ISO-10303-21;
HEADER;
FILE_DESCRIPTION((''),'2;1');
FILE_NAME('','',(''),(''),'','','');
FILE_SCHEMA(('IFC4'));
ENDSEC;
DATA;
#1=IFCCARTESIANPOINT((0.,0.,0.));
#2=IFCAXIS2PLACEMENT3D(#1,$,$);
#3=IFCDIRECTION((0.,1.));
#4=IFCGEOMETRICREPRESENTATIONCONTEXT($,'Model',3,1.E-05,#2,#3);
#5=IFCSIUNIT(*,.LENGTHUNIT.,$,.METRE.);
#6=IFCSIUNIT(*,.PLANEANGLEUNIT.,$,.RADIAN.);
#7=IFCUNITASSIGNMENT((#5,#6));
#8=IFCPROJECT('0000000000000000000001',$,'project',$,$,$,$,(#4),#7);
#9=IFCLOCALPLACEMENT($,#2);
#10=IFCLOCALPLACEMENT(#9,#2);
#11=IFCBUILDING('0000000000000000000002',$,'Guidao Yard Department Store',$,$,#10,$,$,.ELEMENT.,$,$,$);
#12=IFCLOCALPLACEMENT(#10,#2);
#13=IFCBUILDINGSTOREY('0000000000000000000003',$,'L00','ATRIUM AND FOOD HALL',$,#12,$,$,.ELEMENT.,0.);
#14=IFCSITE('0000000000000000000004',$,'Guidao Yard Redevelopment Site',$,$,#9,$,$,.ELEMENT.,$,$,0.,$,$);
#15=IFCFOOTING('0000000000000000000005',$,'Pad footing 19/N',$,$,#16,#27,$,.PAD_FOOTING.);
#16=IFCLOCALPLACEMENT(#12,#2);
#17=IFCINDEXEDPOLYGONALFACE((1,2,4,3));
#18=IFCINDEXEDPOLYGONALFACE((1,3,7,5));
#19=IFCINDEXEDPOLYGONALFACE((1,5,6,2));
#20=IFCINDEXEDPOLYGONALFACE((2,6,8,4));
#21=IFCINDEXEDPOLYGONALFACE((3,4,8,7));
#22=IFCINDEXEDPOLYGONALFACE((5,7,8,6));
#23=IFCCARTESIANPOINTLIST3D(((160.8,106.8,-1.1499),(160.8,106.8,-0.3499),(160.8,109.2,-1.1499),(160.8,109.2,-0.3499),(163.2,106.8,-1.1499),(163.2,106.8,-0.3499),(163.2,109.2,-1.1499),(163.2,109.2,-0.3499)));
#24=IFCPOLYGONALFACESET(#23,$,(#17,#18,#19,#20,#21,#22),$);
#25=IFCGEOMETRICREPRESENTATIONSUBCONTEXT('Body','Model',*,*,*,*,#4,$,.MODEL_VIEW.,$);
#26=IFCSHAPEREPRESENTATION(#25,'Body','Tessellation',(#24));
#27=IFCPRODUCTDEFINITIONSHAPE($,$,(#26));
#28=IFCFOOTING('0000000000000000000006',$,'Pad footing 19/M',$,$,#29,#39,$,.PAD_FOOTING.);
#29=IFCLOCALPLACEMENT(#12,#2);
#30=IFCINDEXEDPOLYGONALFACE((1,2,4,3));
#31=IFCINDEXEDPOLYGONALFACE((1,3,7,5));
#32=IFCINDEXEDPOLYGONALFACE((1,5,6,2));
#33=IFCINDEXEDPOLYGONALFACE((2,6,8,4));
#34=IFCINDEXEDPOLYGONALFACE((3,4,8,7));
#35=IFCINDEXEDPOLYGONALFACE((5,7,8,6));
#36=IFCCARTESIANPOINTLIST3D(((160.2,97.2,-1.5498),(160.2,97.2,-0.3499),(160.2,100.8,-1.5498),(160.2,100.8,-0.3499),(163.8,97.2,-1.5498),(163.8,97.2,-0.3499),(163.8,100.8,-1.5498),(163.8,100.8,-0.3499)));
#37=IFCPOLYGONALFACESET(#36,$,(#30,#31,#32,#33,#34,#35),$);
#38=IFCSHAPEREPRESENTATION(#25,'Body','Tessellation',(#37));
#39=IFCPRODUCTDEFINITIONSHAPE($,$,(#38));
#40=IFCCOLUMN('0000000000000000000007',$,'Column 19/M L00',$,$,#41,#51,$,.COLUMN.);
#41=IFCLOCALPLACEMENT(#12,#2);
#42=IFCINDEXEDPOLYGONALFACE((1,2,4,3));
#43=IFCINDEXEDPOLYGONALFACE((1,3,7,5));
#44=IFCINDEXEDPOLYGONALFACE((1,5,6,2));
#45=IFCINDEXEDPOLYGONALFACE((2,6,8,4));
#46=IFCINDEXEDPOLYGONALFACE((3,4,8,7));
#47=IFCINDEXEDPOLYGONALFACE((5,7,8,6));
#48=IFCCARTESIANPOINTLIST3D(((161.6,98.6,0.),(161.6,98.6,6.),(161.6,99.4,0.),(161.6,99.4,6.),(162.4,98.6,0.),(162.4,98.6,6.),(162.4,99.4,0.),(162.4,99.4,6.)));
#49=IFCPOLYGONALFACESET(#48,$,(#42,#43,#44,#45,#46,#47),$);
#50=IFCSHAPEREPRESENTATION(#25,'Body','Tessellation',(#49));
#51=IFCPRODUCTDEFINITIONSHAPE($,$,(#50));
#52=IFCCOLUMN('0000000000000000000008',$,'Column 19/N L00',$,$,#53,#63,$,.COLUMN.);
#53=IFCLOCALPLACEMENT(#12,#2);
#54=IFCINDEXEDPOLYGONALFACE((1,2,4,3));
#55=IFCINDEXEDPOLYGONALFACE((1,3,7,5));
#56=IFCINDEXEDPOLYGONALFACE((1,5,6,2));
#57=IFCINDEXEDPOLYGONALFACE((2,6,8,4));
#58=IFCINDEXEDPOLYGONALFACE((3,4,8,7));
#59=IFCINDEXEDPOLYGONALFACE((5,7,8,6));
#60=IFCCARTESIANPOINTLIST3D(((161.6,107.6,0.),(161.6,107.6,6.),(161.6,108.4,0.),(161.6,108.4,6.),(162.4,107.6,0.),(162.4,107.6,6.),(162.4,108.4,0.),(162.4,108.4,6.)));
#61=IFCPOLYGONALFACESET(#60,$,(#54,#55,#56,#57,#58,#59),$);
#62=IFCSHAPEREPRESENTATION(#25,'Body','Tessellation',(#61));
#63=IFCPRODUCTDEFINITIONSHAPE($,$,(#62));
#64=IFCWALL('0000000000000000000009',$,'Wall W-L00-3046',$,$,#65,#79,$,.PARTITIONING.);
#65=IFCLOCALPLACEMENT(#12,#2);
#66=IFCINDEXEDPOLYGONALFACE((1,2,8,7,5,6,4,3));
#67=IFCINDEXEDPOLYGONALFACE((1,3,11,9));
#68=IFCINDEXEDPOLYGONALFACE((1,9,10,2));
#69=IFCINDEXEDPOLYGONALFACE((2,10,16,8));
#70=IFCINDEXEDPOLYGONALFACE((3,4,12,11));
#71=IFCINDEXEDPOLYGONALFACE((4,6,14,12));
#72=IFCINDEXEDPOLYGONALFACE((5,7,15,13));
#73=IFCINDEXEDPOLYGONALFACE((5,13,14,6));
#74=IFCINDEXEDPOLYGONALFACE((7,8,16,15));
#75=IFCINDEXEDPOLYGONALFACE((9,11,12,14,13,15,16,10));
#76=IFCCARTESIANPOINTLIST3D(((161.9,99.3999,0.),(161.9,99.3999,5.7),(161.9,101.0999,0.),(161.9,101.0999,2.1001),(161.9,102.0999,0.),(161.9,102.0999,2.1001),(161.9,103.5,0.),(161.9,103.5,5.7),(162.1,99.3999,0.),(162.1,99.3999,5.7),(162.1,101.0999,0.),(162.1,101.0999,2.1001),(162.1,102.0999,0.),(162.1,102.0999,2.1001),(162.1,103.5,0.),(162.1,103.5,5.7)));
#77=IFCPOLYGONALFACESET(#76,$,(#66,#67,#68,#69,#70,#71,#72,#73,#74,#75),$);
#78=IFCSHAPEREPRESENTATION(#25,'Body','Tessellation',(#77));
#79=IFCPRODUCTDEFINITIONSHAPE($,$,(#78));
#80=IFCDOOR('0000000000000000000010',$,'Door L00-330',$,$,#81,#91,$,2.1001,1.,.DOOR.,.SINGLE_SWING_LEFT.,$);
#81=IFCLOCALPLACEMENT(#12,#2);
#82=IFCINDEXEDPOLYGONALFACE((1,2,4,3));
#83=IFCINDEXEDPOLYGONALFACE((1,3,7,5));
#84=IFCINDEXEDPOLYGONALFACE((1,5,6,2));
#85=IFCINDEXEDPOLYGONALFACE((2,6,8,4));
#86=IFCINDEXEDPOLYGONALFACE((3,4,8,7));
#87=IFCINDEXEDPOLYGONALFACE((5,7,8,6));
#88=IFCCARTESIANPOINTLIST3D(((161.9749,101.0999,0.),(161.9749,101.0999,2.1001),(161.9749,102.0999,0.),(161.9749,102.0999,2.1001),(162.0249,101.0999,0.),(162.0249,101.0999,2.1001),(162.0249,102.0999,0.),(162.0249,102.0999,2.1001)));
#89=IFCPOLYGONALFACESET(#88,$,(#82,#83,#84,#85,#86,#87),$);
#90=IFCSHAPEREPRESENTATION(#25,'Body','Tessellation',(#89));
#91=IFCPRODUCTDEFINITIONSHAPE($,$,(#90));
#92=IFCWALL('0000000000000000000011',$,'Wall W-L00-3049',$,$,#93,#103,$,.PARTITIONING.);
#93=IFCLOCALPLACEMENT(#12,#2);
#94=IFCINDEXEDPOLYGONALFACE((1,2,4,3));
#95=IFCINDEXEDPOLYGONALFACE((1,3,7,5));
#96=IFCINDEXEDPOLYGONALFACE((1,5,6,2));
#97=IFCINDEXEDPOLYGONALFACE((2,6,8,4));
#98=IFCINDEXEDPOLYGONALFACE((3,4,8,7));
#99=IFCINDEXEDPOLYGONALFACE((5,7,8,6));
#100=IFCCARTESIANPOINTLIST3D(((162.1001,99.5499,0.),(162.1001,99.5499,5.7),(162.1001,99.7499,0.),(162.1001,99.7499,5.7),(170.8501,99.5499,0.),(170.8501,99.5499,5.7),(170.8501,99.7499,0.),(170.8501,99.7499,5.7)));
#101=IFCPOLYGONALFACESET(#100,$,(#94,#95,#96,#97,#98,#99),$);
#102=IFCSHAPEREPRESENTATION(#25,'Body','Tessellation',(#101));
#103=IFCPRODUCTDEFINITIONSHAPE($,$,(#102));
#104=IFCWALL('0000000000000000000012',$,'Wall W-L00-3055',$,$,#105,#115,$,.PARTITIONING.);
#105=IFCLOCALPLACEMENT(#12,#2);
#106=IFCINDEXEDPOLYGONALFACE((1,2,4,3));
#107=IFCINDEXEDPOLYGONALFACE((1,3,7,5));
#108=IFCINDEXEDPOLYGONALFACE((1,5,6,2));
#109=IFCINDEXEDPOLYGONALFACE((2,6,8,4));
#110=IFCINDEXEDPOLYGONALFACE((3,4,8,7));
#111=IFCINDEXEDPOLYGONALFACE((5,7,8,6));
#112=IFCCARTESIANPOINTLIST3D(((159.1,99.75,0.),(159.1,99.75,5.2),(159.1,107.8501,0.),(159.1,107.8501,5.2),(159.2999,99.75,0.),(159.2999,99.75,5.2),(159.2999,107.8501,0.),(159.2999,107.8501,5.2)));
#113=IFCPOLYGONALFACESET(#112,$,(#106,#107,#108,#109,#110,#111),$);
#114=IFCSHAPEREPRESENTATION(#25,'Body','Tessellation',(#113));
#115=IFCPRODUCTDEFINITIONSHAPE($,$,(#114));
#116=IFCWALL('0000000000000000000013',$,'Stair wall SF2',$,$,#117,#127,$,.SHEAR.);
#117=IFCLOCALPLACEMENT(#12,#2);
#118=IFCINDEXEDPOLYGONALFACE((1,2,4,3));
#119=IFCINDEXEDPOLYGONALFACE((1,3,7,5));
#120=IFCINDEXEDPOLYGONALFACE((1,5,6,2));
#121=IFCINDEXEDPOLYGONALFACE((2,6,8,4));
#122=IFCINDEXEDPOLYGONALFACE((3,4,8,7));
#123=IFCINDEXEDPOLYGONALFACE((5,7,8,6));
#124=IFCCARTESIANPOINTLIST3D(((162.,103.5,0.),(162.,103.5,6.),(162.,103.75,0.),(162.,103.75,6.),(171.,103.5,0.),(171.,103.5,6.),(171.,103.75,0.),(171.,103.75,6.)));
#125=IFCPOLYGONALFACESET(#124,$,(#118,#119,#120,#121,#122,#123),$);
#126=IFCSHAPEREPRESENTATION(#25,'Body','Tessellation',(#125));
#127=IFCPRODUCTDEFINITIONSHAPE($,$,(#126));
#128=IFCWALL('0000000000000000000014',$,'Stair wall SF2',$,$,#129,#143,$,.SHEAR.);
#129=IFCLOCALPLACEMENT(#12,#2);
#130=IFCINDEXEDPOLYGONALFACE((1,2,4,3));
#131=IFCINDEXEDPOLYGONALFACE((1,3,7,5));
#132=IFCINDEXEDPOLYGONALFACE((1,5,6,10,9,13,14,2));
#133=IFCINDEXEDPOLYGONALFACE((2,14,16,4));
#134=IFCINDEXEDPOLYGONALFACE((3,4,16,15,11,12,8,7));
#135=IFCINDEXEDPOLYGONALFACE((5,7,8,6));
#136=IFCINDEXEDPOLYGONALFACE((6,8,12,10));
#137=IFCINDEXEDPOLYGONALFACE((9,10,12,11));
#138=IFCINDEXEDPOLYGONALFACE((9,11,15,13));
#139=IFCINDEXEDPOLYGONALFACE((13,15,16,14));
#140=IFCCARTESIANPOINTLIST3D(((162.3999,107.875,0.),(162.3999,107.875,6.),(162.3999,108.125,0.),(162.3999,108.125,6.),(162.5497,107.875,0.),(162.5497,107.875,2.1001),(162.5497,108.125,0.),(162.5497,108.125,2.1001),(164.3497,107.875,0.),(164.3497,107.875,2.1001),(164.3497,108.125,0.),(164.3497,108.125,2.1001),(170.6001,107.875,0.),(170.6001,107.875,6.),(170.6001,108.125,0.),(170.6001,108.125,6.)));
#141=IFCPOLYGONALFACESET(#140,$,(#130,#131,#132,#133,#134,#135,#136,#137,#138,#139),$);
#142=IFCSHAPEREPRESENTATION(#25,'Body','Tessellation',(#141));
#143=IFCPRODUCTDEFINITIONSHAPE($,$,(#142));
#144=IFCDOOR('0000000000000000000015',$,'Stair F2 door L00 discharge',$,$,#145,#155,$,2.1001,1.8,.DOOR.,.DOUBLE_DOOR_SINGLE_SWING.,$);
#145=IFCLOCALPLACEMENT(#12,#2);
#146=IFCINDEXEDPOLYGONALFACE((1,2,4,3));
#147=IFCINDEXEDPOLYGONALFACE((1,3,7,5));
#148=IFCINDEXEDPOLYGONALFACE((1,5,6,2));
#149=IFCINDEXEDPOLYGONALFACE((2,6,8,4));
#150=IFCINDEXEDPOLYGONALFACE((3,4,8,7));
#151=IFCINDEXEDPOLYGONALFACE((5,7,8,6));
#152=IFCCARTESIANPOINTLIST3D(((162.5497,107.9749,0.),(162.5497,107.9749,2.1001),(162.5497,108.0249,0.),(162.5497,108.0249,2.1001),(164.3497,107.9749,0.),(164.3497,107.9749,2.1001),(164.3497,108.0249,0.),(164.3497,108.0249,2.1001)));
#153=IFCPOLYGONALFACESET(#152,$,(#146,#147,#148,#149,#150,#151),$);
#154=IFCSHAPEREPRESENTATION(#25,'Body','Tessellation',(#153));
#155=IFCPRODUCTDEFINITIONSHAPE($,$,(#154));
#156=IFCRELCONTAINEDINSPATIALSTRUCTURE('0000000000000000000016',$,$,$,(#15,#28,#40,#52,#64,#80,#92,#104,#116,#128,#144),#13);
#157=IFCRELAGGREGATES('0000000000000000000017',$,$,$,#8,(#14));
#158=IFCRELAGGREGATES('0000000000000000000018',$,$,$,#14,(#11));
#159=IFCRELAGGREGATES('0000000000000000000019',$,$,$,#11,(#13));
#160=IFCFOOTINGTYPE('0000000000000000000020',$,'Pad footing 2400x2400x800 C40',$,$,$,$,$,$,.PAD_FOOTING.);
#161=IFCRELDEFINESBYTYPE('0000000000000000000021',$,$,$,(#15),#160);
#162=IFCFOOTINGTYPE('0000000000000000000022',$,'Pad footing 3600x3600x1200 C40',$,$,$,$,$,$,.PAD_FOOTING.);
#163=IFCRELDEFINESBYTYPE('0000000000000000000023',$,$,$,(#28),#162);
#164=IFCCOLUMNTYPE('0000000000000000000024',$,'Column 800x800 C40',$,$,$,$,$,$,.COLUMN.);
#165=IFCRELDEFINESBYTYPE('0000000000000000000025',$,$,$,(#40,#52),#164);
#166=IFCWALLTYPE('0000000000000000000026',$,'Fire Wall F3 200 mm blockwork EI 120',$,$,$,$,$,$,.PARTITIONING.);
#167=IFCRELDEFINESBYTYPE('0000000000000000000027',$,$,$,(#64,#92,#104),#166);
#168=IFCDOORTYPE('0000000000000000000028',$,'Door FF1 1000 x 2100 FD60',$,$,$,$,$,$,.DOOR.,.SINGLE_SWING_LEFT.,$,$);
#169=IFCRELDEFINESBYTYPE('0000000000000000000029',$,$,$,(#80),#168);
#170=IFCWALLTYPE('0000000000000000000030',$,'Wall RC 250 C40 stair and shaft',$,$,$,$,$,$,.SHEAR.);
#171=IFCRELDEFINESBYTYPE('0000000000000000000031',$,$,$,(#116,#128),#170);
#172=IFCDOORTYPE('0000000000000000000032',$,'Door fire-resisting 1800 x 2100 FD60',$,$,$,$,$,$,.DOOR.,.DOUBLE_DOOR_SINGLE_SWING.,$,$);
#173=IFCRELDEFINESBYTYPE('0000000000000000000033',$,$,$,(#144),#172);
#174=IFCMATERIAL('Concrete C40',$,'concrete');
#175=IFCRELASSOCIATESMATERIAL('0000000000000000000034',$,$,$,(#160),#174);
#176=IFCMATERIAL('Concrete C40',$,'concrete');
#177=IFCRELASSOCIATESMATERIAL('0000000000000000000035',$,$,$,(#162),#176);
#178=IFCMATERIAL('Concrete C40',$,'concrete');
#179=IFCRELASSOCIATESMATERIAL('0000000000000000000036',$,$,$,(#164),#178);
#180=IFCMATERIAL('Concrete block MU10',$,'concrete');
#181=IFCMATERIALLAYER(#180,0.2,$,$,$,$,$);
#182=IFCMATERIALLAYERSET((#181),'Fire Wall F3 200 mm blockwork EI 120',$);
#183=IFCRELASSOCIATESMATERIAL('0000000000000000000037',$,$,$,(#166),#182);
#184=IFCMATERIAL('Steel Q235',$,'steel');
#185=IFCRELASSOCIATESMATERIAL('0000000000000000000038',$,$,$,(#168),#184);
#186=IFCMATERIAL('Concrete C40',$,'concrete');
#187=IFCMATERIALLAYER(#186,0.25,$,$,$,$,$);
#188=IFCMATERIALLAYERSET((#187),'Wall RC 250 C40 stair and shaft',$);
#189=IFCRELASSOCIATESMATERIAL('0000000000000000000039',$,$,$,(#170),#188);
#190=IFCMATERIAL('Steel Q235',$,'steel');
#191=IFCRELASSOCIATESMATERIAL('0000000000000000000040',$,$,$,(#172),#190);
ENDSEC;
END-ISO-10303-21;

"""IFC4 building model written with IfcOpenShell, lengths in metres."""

from ifc_helpers import new_model, si_unit, direction, frame, frame_2d, origin, origin_2d, place, context, subcontext, project, spatial, rectangle, extrude, material, layer, layer_set, material_profile, profile_set, type_object, element, fill, save


model = new_model("IFC4")

# Units and contexts
model_context = context("Model", 3, precision=1e-05, world=origin(), true_north=direction((0.0, 1.0)))
body_context = subcontext(model_context, "Body", "Model", "MODEL_VIEW")
ifc_project = project(units=[si_unit("LENGTHUNIT", "METRE"), si_unit("PLANEANGLEUNIT", "RADIAN")], contexts=[model_context])

# Site, building, storey
site_placement = place(None, origin())
site = spatial("IfcSite", under=ifc_project, at=site_placement, Name="Guidao Yard Redevelopment Site", CompositionType="ELEMENT", RefElevation=0.0)
building_placement = place(site_placement, origin())
building = spatial("IfcBuilding", under=site, at=building_placement, Name="Guidao Yard Department Store", CompositionType="ELEMENT")
storey_placement = place(building_placement, origin())
storey = spatial("IfcBuildingStorey", under=building, at=storey_placement, Name="L00", Description="ATRIUM AND FOOD HALL", CompositionType="ELEMENT", Elevation=0.0)

# Footings
ifc_material_1 = material(Name="Concrete C40", Category="concrete")
footing_type_1 = type_object("IfcFootingType", Name="Pad footing 2400x2400x800 C40", PredefinedType="PAD_FOOTING", material=ifc_material_1)
footing_1_placement = place(storey_placement, frame((162.0, 108.0, -1.1499), z_axis=(0.0, 0.0, 1.0), x_axis=(1.0, 0.0, 0.0)))
element("IfcFooting", 1, at=footing_1_placement, inside=storey, type_object=footing_type_1, Name="Pad footing 19/N", PredefinedType="PAD_FOOTING", context=body_context, shape_type="SweptSolid", body=[
    extrude(rectangle(XDim=2.3999, YDim=2.3999, at=origin_2d()), origin(), (0.0, 0.0, 1.0), 0.8),
])
ifc_material_2 = material(Name="Concrete C40", Category="concrete")
footing_type_2 = type_object("IfcFootingType", Name="Pad footing 3600x3600x1200 C40", PredefinedType="PAD_FOOTING", material=ifc_material_2)
footing_2_placement = place(storey_placement, frame((162.0, 99.0, -1.5498), z_axis=(0.0, 0.0, 1.0), x_axis=(1.0, 0.0, 0.0)))
element("IfcFooting", 2, at=footing_2_placement, inside=storey, type_object=footing_type_2, Name="Pad footing 19/M", PredefinedType="PAD_FOOTING", context=body_context, shape_type="SweptSolid", body=[
    extrude(rectangle(XDim=3.6001, YDim=3.6001, at=origin_2d()), origin(), (0.0, 0.0, 1.0), 1.2),
])

# Columns
ifc_material_3 = material(Name="Concrete C40", Category="concrete")
ifc_material_profile = material_profile(ifc_material_3, rectangle(XDim=0.8, YDim=0.8, at=origin_2d()), Name="COL 800x800")
ifc_profile_set = profile_set([ifc_material_profile], Name="Concrete C40")
column_type = type_object("IfcColumnType", Name="Column 800x800 C40", PredefinedType="COLUMN", material=ifc_profile_set)
for number, where, z_axis, x_axis, name in (
    (3, (162.0, 99.0, 0.0), (0.0, 0.0, 1.0), (1.0, 0.0, 0.0), "Column 19/M L00"),
    (4, (162.0, 108.0, 0.0), (0.0, 0.0, 1.0), (1.0, 0.0, 0.0), "Column 19/N L00"),
):
    element("IfcColumn", number, at=place(storey_placement, frame(where, z_axis=z_axis, x_axis=x_axis)), inside=storey, type_object=column_type, Name=name, PredefinedType="COLUMN", context=body_context, shape_type="SweptSolid", body=[
        extrude(rectangle(XDim=0.8, YDim=0.8, at=origin_2d()), origin(), (0.0, 0.0, 1.0), 6.0),
    ])

# Wall, opening, door
ifc_material_4 = material(Name="Concrete block MU10", Category="concrete")
ifc_layer_1 = layer(ifc_material_4, 0.2)
ifc_layer_set_1 = layer_set([ifc_layer_1], Name="Fire Wall F3 200 mm blockwork EI 120")
wall_type_1 = type_object("IfcWallType", Name="Fire Wall F3 200 mm blockwork EI 120", PredefinedType="PARTITIONING", material=ifc_layer_set_1)
wall_1_placement = place(storey_placement, frame((162.0, 99.3999, 0.0), z_axis=(0.0, 0.0, 1.0), x_axis=(0.0, 1.0, 0.0)))
wall_1 = element("IfcWall", 5, at=wall_1_placement, inside=storey, type_object=wall_type_1, Name="Wall W-L00-3046", PredefinedType="PARTITIONING", context=body_context, shape_type="SweptSolid", body=[
    extrude(rectangle(XDim=4.1001, YDim=0.2, at=frame_2d((2.05, 0.0))), origin(), (0.0, 0.0, 1.0), 5.7),
])
opening_1_placement = place(wall_1_placement, frame((2.7, 0.0, 0.0), z_axis=(0.0, 0.0, 1.0), x_axis=(-1.0, 0.0, 0.0)))
opening_1 = element("IfcOpeningElement", 6, at=opening_1_placement, cuts=wall_1, PredefinedType="OPENING", context=body_context, shape_type="SweptSolid", body=[
    extrude(rectangle(XDim=1.0, YDim=2.1001, at=frame_2d((0.5, 1.05))), frame((0.0, 0.1099, 0.0), z_axis=(0.0, -1.0, 0.0), x_axis=(1.0, 0.0, 0.0)), (0.0, 0.0, 1.0), 0.22),
])
ifc_material_5 = material(Name="Steel Q235", Category="steel")
door_type_1 = type_object("IfcDoorType", Name="Door FF1 1000 x 2100 FD60", OperationType="SINGLE_SWING_LEFT", PredefinedType="DOOR", material=ifc_material_5)
door_1_placement = place(opening_1_placement, origin())
door_1 = element("IfcDoor", 7, at=door_1_placement, inside=storey, type_object=door_type_1, Name="Door L00-330", OperationType="SINGLE_SWING_LEFT", OverallHeight=2.1001, OverallWidth=1.0, PredefinedType="DOOR", context=body_context, shape_type="SweptSolid", body=[
    extrude(rectangle(XDim=1.0, YDim=2.1001, at=frame_2d((0.5, 1.05))), frame((0.0, 0.0249, 0.0), z_axis=(0.0, -1.0, 0.0), x_axis=(1.0, 0.0, 0.0)), (0.0, 0.0, 1.0), 0.05),
])
fill(opening_1, door_1)

# Walls
wall_2_placement = place(storey_placement, frame((162.1001, 99.6499, 0.0), z_axis=(0.0, 0.0, 1.0), x_axis=(1.0, 0.0, 0.0)))
element("IfcWall", 8, at=wall_2_placement, inside=storey, type_object=wall_type_1, Name="Wall W-L00-3049", PredefinedType="PARTITIONING", context=body_context, shape_type="SweptSolid", body=[
    extrude(rectangle(XDim=8.75, YDim=0.2, at=frame_2d((4.375, 0.0))), origin(), (0.0, 0.0, 1.0), 5.7),
])
wall_3_placement = place(storey_placement, frame((159.2, 99.75, 0.0), z_axis=(0.0, 0.0, 1.0), x_axis=(0.0, 1.0, 0.0)))
element("IfcWall", 9, at=wall_3_placement, inside=storey, type_object=wall_type_1, Name="Wall W-L00-3055", PredefinedType="PARTITIONING", context=body_context, shape_type="SweptSolid", body=[
    extrude(rectangle(XDim=8.1001, YDim=0.2, at=frame_2d((4.05, 0.0))), origin(), (0.0, 0.0, 1.0), 5.2),
])
ifc_material_6 = material(Name="Concrete C40", Category="concrete")
ifc_layer_2 = layer(ifc_material_6, 0.25)
ifc_layer_set_2 = layer_set([ifc_layer_2], Name="Wall RC 250 C40 stair and shaft")
wall_type_2 = type_object("IfcWallType", Name="Wall RC 250 C40 stair and shaft", PredefinedType="SHEAR", material=ifc_layer_set_2)
wall_4_placement = place(storey_placement, frame((162.0, 103.625, 0.0), z_axis=(0.0, 0.0, 1.0), x_axis=(1.0, 0.0, 0.0)))
element("IfcWall", 10, at=wall_4_placement, inside=storey, type_object=wall_type_2, Name="Stair wall SF2", PredefinedType="SHEAR", context=body_context, shape_type="SweptSolid", body=[
    extrude(rectangle(XDim=9.0, YDim=0.25, at=frame_2d((4.5, 0.0))), origin(), (0.0, 0.0, 1.0), 6.0),
])

# Wall, opening, door
wall_5_placement = place(storey_placement, frame((162.3999, 108.0, 0.0), z_axis=(0.0, 0.0, 1.0), x_axis=(1.0, 0.0, 0.0)))
wall_5 = element("IfcWall", 11, at=wall_5_placement, inside=storey, type_object=wall_type_2, Name="Stair wall SF2", PredefinedType="SHEAR", context=body_context, shape_type="SweptSolid", body=[
    extrude(rectangle(XDim=8.2002, YDim=0.25, at=frame_2d((4.1001, 0.0))), origin(), (0.0, 0.0, 1.0), 6.0),
])
opening_2_placement = place(wall_5_placement, frame((0.1499, 0.0, 0.0)))
opening_2 = element("IfcOpeningElement", 12, at=opening_2_placement, cuts=wall_5, PredefinedType="OPENING", context=body_context, shape_type="SweptSolid", body=[
    extrude(rectangle(XDim=1.8, YDim=2.1001, at=frame_2d((0.8999, 1.05))), frame((0.0, 0.135, 0.0), z_axis=(0.0, -1.0, 0.0), x_axis=(1.0, 0.0, 0.0)), (0.0, 0.0, 1.0), 0.27),
])
ifc_material_7 = material(Name="Steel Q235", Category="steel")
door_type_2 = type_object("IfcDoorType", Name="Door fire-resisting 1800 x 2100 FD60", OperationType="DOUBLE_DOOR_SINGLE_SWING", PredefinedType="DOOR", material=ifc_material_7)
door_2_placement = place(opening_2_placement, origin())
door_2 = element("IfcDoor", 13, at=door_2_placement, inside=storey, type_object=door_type_2, Name="Stair F2 door L00 discharge", OperationType="DOUBLE_DOOR_SINGLE_SWING", OverallHeight=2.1001, OverallWidth=1.8, PredefinedType="DOOR", context=body_context, shape_type="SweptSolid", body=[
    extrude(rectangle(XDim=1.8, YDim=2.1001, at=frame_2d((0.8999, 1.05))), frame((0.0, 0.0249, 0.0), z_axis=(0.0, -1.0, 0.0), x_axis=(1.0, 0.0, 0.0)), (0.0, 0.0, 1.0), 0.05),
])
fill(opening_2, door_2)

save(model, "model.ifc")
